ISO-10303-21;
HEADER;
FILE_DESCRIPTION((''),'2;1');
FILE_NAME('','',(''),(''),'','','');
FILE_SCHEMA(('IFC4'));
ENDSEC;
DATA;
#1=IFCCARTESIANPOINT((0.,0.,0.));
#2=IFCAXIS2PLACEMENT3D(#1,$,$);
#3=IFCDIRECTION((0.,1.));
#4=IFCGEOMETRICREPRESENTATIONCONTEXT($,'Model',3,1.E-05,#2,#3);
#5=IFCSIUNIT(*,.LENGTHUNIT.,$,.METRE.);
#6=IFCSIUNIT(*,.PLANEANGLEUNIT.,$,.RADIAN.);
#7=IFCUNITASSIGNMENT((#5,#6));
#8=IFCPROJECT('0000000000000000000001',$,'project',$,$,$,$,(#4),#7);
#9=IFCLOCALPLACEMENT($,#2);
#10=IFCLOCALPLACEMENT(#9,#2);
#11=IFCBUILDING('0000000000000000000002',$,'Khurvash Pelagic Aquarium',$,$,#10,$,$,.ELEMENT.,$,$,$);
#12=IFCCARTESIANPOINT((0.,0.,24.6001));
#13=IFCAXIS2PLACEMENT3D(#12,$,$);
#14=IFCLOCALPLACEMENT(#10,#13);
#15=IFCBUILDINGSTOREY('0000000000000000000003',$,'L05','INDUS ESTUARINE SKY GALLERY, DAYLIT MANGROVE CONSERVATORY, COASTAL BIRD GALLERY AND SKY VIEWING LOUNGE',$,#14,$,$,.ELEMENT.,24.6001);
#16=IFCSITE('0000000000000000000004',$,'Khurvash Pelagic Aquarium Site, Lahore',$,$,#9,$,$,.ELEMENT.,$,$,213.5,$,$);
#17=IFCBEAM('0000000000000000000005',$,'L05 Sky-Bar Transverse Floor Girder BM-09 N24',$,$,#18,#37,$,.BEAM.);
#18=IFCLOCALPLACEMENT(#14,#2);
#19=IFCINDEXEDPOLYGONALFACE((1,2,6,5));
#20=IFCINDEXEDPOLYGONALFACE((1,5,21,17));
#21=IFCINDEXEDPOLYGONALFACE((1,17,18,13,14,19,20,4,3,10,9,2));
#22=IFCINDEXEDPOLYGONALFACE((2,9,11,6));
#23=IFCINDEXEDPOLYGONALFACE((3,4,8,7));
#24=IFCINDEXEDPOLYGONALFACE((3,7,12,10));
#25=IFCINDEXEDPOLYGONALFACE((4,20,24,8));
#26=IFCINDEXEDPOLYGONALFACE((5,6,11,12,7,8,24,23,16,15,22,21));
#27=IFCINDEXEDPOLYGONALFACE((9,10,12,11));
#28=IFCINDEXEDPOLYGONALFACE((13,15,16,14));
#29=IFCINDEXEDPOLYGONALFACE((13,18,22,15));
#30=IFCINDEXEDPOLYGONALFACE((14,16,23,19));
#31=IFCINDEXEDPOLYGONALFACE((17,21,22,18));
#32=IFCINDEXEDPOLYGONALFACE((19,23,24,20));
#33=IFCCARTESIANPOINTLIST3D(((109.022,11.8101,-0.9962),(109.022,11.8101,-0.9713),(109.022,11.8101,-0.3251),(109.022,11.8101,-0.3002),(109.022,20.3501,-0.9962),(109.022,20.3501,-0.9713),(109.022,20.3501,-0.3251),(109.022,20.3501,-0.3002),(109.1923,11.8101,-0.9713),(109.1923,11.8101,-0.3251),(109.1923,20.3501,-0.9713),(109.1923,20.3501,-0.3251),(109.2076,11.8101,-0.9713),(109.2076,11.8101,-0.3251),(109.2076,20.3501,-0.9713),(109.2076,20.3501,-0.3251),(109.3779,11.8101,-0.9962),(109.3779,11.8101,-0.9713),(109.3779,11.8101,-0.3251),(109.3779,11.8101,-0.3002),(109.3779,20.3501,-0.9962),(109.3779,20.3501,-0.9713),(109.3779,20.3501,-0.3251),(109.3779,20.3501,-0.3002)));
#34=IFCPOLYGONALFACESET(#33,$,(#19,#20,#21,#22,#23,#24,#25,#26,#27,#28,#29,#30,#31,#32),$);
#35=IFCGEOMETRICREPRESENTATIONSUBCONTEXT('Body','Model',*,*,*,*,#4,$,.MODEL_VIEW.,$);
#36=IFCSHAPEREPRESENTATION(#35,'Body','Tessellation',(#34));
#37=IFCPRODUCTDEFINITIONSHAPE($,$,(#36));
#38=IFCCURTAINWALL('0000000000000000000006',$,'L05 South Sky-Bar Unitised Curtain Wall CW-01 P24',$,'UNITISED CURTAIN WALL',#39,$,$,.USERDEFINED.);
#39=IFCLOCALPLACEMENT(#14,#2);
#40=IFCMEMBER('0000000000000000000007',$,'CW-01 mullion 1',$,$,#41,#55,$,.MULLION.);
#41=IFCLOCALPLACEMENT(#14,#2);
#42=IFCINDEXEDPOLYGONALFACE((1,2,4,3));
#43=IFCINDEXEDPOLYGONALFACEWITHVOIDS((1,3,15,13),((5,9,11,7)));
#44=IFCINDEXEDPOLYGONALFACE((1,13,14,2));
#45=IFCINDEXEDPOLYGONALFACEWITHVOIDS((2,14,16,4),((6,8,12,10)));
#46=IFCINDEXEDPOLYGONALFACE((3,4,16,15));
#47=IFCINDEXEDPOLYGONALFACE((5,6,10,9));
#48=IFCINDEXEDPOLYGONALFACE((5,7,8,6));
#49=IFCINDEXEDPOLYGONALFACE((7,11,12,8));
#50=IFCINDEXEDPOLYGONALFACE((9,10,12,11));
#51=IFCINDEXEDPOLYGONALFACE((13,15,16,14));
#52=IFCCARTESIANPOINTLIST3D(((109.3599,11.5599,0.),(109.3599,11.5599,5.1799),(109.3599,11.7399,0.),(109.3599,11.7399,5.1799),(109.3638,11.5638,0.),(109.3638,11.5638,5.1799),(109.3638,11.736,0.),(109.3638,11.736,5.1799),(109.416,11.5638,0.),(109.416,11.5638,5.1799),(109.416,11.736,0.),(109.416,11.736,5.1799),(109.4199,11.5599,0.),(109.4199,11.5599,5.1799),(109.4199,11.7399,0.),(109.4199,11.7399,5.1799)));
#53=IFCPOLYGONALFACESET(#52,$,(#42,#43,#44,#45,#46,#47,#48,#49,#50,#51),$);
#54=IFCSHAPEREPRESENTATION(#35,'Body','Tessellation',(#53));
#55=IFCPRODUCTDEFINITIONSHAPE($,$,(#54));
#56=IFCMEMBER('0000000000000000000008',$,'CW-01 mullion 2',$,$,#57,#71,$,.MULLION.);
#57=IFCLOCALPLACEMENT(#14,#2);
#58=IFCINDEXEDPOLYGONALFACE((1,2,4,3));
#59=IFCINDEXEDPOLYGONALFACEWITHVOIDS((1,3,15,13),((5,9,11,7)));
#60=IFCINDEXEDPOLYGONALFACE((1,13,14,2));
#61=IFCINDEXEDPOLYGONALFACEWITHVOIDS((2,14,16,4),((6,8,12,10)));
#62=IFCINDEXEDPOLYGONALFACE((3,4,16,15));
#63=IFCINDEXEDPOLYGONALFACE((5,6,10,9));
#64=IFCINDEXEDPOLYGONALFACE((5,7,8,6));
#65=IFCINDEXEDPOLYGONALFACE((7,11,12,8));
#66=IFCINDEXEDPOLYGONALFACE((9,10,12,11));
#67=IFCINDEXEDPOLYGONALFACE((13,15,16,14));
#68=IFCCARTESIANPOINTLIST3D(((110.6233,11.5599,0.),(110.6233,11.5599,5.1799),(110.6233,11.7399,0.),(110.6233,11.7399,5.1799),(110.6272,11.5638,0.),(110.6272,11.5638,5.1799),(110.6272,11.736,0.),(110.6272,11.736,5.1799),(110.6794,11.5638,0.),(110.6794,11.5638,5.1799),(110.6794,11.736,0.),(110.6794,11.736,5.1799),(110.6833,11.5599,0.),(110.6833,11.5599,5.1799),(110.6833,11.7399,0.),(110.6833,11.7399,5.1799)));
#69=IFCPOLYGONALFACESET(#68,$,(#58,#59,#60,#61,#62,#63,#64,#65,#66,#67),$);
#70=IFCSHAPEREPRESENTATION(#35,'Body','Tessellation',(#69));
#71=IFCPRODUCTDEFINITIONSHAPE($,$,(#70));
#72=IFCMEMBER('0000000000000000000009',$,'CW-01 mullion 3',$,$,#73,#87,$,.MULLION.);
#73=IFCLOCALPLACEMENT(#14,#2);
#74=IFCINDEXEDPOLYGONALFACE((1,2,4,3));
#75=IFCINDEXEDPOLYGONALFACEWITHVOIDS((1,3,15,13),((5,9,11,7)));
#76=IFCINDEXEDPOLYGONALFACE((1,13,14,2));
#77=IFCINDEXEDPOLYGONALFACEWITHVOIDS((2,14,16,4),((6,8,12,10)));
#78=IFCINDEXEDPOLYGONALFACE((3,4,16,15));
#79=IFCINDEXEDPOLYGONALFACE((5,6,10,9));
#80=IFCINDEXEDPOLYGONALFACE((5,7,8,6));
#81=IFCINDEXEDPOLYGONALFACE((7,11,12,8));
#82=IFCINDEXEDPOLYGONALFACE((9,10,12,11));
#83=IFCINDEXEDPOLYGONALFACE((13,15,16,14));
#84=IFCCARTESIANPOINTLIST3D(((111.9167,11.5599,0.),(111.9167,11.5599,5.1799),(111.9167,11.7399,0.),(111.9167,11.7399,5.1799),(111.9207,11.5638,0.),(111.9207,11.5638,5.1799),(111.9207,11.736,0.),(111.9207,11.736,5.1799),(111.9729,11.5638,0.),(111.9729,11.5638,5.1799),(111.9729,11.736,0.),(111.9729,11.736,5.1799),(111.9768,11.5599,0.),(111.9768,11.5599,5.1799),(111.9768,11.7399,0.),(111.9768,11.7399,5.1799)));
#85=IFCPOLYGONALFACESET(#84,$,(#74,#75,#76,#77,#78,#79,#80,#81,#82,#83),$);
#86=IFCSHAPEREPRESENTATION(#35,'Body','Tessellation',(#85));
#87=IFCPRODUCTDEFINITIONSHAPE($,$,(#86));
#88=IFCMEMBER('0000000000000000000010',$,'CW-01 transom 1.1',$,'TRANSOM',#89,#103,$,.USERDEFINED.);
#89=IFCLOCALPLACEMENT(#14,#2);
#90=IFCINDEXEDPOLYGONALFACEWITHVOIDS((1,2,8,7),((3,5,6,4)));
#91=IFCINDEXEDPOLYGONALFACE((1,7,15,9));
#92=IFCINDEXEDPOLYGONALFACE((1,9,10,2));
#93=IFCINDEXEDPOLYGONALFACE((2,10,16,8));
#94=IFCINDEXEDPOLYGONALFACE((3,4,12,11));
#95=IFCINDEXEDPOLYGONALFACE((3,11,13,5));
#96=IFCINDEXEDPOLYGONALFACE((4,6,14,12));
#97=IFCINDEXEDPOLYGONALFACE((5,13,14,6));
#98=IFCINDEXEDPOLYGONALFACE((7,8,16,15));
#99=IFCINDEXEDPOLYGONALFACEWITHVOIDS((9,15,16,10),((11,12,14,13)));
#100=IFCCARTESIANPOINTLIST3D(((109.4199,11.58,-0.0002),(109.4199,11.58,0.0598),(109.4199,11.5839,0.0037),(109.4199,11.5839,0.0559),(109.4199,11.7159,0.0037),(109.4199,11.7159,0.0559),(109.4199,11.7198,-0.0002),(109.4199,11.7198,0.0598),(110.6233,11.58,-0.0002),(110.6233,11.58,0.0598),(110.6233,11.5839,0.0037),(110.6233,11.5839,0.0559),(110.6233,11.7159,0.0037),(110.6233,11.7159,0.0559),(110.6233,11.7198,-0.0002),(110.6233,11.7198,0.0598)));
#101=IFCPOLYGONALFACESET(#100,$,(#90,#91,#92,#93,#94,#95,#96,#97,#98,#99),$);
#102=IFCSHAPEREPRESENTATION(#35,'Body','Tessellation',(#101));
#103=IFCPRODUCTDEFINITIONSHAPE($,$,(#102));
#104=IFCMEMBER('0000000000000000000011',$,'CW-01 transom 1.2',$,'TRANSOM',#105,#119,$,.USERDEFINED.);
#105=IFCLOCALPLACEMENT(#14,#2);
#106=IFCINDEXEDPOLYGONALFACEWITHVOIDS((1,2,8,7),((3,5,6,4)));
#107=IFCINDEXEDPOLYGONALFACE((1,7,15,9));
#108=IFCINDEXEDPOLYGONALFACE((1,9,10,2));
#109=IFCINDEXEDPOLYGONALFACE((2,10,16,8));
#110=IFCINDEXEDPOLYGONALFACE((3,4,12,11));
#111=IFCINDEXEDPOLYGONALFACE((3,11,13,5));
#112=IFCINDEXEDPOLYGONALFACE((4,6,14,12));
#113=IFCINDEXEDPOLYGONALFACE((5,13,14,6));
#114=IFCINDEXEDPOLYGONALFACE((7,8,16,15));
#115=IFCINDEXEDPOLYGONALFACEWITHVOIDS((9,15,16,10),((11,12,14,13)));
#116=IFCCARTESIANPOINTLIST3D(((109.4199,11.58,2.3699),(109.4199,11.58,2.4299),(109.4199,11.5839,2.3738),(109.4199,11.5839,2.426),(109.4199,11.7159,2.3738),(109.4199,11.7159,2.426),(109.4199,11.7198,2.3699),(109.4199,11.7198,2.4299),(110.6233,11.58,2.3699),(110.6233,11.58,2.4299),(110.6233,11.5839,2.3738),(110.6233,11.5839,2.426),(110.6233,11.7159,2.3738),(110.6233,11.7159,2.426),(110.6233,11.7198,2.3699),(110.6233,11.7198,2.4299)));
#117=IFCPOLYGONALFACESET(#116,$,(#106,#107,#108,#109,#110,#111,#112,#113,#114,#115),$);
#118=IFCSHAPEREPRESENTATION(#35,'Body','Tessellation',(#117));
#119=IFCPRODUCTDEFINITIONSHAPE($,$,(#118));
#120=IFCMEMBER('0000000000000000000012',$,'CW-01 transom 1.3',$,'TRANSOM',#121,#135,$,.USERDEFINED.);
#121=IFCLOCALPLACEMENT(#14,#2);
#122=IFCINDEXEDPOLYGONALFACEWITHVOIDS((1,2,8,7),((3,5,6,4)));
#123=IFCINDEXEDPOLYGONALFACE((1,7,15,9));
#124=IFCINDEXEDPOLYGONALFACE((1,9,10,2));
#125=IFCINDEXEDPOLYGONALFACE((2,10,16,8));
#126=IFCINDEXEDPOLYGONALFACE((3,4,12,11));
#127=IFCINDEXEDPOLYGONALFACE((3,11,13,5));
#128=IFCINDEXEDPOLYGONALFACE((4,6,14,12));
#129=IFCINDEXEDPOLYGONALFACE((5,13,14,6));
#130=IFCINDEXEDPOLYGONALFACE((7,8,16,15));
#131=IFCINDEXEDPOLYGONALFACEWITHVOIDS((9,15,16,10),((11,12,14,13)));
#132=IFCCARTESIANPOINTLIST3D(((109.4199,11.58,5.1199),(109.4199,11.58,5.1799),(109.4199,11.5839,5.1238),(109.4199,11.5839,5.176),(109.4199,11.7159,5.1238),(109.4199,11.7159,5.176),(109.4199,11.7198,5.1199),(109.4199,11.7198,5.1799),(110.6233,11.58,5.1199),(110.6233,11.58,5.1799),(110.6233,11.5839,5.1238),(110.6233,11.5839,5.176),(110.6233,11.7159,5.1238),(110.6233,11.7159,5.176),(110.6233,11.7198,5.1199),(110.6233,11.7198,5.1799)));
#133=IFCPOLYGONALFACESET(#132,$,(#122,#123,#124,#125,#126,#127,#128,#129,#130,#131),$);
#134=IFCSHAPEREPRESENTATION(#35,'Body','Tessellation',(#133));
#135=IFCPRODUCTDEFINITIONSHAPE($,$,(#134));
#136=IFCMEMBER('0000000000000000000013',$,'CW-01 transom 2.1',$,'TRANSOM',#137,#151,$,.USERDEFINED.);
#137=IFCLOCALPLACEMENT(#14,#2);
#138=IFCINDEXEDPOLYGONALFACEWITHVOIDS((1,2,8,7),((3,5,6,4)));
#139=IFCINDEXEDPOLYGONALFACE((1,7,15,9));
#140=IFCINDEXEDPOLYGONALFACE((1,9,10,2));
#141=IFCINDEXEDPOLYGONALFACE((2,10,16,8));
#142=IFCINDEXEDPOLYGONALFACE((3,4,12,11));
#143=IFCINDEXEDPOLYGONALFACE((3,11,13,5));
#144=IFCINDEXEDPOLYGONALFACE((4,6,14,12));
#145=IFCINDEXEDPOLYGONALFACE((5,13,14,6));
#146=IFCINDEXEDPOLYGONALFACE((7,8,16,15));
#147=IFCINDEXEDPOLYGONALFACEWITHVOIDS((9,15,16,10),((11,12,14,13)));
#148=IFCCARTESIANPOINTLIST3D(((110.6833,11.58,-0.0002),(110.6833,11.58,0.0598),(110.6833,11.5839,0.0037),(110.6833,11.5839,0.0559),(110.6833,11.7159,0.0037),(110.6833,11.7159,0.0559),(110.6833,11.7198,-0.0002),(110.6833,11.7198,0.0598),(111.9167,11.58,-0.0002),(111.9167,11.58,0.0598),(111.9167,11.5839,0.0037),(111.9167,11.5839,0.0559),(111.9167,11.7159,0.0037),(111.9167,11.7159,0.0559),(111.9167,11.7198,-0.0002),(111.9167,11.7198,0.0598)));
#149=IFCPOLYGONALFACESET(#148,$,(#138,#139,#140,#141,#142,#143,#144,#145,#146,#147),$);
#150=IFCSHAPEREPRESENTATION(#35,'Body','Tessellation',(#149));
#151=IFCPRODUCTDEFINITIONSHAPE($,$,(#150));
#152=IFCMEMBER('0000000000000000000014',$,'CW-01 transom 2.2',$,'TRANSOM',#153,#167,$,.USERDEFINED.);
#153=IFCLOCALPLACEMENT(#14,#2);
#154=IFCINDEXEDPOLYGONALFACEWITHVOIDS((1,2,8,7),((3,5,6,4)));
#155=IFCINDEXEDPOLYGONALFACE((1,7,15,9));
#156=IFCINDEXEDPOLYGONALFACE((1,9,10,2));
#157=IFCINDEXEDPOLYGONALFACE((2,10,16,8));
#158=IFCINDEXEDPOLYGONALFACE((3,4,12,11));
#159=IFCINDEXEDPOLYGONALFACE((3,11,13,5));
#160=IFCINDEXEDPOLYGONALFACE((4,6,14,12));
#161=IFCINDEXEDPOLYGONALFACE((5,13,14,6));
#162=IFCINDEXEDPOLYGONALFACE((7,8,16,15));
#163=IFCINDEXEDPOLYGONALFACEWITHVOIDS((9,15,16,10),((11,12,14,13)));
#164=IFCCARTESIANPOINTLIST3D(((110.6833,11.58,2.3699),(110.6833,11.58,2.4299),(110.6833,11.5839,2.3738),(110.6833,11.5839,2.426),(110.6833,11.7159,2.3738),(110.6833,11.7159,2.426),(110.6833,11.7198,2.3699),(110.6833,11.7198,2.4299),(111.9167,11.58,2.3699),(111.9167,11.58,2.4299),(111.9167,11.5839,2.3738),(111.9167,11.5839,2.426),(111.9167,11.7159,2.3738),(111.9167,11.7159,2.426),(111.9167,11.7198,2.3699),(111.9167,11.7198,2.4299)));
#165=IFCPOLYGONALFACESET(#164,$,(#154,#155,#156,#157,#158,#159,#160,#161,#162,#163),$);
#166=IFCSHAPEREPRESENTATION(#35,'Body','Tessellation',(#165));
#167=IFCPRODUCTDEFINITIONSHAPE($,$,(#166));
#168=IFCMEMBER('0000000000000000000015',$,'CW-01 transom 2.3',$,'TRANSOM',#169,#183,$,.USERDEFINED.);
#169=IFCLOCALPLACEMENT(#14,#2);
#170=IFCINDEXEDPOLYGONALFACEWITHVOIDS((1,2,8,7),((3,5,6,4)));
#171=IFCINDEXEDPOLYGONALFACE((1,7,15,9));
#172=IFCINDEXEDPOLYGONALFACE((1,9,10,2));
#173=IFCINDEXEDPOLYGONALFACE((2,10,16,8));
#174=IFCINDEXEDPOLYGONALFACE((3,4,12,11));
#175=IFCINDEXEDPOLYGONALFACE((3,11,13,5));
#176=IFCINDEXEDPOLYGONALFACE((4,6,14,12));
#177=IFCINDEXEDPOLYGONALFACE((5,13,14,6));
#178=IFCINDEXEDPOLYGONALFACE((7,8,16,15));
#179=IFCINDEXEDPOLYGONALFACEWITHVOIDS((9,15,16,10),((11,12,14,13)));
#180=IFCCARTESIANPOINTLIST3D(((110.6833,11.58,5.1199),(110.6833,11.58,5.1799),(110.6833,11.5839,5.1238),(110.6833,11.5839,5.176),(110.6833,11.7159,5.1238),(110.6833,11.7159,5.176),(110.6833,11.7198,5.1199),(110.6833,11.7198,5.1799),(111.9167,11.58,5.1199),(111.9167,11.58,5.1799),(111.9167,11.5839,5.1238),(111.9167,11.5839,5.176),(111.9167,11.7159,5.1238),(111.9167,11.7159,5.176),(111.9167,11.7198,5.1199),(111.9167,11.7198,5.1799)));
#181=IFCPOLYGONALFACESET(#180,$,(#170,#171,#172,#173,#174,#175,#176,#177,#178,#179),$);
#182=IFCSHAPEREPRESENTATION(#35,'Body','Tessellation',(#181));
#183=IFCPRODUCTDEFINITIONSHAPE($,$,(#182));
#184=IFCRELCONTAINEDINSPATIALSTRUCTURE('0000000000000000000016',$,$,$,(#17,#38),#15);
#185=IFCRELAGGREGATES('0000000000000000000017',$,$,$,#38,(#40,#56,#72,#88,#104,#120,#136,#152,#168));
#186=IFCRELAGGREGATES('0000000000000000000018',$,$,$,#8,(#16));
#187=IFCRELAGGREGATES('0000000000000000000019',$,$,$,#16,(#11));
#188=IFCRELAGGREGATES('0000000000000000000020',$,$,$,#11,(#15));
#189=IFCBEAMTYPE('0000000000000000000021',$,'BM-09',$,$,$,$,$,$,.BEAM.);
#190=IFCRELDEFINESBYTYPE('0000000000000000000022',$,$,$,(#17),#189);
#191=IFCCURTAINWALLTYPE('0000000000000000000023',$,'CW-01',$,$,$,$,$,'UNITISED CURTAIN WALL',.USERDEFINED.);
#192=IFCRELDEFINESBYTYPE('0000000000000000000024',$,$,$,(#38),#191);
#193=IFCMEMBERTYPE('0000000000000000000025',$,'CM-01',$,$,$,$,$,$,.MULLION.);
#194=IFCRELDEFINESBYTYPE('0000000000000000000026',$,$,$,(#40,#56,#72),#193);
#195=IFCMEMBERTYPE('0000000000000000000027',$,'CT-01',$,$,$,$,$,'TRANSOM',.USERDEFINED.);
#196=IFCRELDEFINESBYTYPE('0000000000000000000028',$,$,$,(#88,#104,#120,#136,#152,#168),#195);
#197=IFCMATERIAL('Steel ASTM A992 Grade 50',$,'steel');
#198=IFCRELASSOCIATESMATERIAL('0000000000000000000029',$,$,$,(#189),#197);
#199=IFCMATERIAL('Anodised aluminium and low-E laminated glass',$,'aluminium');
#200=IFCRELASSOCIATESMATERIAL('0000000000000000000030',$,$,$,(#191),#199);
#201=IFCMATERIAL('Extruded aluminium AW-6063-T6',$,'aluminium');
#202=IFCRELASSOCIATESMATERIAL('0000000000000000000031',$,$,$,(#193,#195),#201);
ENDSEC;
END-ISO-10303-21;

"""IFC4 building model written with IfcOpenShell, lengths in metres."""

from ifc_helpers import new_model, si_unit, direction, frame, origin, origin_2d, place, context, subcontext, project, spatial, hollow_rectangle, i_section, extrude, material, material_profile, profile_set, type_object, element, aggregate, save


model = new_model("IFC4")

# Units and contexts
model_context = context("Model", 3, precision=1e-05, world=origin(), true_north=direction((0.0, 1.0)))
body_context = subcontext(model_context, "Body", "Model", "MODEL_VIEW")
ifc_project = project(units=[si_unit("LENGTHUNIT", "METRE"), si_unit("PLANEANGLEUNIT", "RADIAN")], contexts=[model_context])

# Site, building, storey
site_placement = place(None, origin())
site = spatial("IfcSite", under=ifc_project, at=site_placement, Name="Khurvash Pelagic Aquarium Site, Lahore", CompositionType="ELEMENT", RefElevation=213.5)
building_placement = place(site_placement, origin())
building = spatial("IfcBuilding", under=site, at=building_placement, Name="Khurvash Pelagic Aquarium", CompositionType="ELEMENT")
storey_placement = place(building_placement, frame((0.0, 0.0, 24.6001)))
storey = spatial("IfcBuildingStorey", under=building, at=storey_placement, Name="L05", Description="INDUS ESTUARINE SKY GALLERY, DAYLIT MANGROVE CONSERVATORY, COASTAL BIRD GALLERY AND SKY VIEWING LOUNGE", CompositionType="ELEMENT", Elevation=24.6001)

# Beam
ifc_material_1 = material(Name="Steel ASTM A992 Grade 50", Category="steel")
ifc_material_profile_1 = material_profile(ifc_material_1, i_section(OverallWidth=0.356, OverallDepth=0.696, WebThickness=0.0154, FlangeThickness=0.0249, at=origin_2d()), Name="W27X146")
ifc_profile_set_1 = profile_set([ifc_material_profile_1], Name="Steel ASTM A992 Grade 50")
beam_type_1 = type_object("IfcBeamType", Name="BM-09", PredefinedType="BEAM", material=ifc_profile_set_1)
beam_placement = place(storey_placement, frame((109.2, 11.8101, -0.6482), z_axis=(0.0, 1.0, 0.0), x_axis=(-1.0, 0.0, 0.0)))
element("IfcBeam", 1, at=beam_placement, inside=storey, type_object=beam_type_1, Name="L05 Sky-Bar Transverse Floor Girder BM-09 N24", PredefinedType="BEAM", context=body_context, shape_type="SweptSolid", body=[
    extrude(i_section(OverallWidth=0.356, OverallDepth=0.696, WebThickness=0.0154, FlangeThickness=0.0249, at=origin_2d()), origin(), (0.0, 0.0, 1.0), 8.54),
])

# Curtain wall, members
ifc_material_2 = material(Name="Anodised aluminium and low-E laminated glass", Category="aluminium")
curtain_wall_type = type_object("IfcCurtainWallType", Name="CW-01", ElementType="UNITISED CURTAIN WALL", PredefinedType="USERDEFINED", material=ifc_material_2)
curtain_wall_placement = place(storey_placement, origin())
curtain_wall = element("IfcCurtainWall", 2, at=curtain_wall_placement, inside=storey, type_object=curtain_wall_type, Name="L05 South Sky-Bar Unitised Curtain Wall CW-01 P24", ObjectType="UNITISED CURTAIN WALL", PredefinedType="USERDEFINED")
ifc_material_3 = material(Name="Extruded aluminium AW-6063-T6", Category="aluminium")
ifc_material_profile_2 = material_profile(ifc_material_3, hollow_rectangle(XDim=0.0601, YDim=0.1799, WallThickness=0.0039, at=origin_2d()), Name="CWM60X180X4")
ifc_profile_set_2 = profile_set([ifc_material_profile_2], Name="Extruded aluminium AW-6063-T6")
member_type_1 = type_object("IfcMemberType", Name="CM-01", PredefinedType="MULLION", material=ifc_profile_set_2)
member_1_placement = place(storey_placement, frame((109.3899, 11.6499, 0.0), z_axis=(0.0, 0.0, 1.0), x_axis=(1.0, 0.0, 0.0)))
member_1 = element("IfcMember", 3, at=member_1_placement, type_object=member_type_1, Name="CW-01 mullion 1", PredefinedType="MULLION", context=body_context, shape_type="SweptSolid", body=[
    extrude(hollow_rectangle(XDim=0.0601, YDim=0.1799, WallThickness=0.0039, at=origin_2d()), origin(), (0.0, 0.0, 1.0), 5.1799),
])
member_2_placement = place(storey_placement, frame((110.6533, 11.6499, 0.0), z_axis=(0.0, 0.0, 1.0), x_axis=(1.0, 0.0, 0.0)))
member_2 = element("IfcMember", 4, at=member_2_placement, type_object=member_type_1, Name="CW-01 mullion 2", PredefinedType="MULLION", context=body_context, shape_type="SweptSolid", body=[
    extrude(hollow_rectangle(XDim=0.0601, YDim=0.1799, WallThickness=0.0039, at=origin_2d()), origin(), (0.0, 0.0, 1.0), 5.1799),
])
member_3_placement = place(storey_placement, frame((111.9468, 11.6499, 0.0), z_axis=(0.0, 0.0, 1.0), x_axis=(1.0, 0.0, 0.0)))
member_3 = element("IfcMember", 5, at=member_3_placement, type_object=member_type_1, Name="CW-01 mullion 3", PredefinedType="MULLION", context=body_context, shape_type="SweptSolid", body=[
    extrude(hollow_rectangle(XDim=0.0601, YDim=0.1799, WallThickness=0.0039, at=origin_2d()), origin(), (0.0, 0.0, 1.0), 5.1799),
])
ifc_material_profile_3 = material_profile(ifc_material_3, hollow_rectangle(XDim=0.1399, YDim=0.0601, WallThickness=0.0039, at=origin_2d()), Name="CWT140X60X4")
ifc_profile_set_3 = profile_set([ifc_material_profile_3], Name="Extruded aluminium AW-6063-T6")
member_type_2 = type_object("IfcMemberType", Name="CT-01", ElementType="TRANSOM", PredefinedType="USERDEFINED", material=ifc_profile_set_3)
member_4_placement = place(storey_placement, frame((109.4199, 11.6499, 0.0298), z_axis=(1.0, 0.0, 0.0), x_axis=(0.0, 1.0, 0.0)))
member_4 = element("IfcMember", 6, at=member_4_placement, type_object=member_type_2, Name="CW-01 transom 1.1", ObjectType="TRANSOM", PredefinedType="USERDEFINED", context=body_context, shape_type="SweptSolid", body=[
    extrude(hollow_rectangle(XDim=0.1399, YDim=0.0601, WallThickness=0.0039, at=origin_2d()), origin(), (0.0, 0.0, 1.0), 1.2034),
])
member_5_placement = place(storey_placement, frame((109.4199, 11.6499, 2.3999), z_axis=(1.0, 0.0, 0.0), x_axis=(0.0, 1.0, 0.0)))
member_5 = element("IfcMember", 7, at=member_5_placement, type_object=member_type_2, Name="CW-01 transom 1.2", ObjectType="TRANSOM", PredefinedType="USERDEFINED", context=body_context, shape_type="SweptSolid", body=[
    extrude(hollow_rectangle(XDim=0.1399, YDim=0.0601, WallThickness=0.0039, at=origin_2d()), origin(), (0.0, 0.0, 1.0), 1.2034),
])
member_6_placement = place(storey_placement, frame((109.4199, 11.6499, 5.1499), z_axis=(1.0, 0.0, 0.0), x_axis=(0.0, 1.0, 0.0)))
member_6 = element("IfcMember", 8, at=member_6_placement, type_object=member_type_2, Name="CW-01 transom 1.3", ObjectType="TRANSOM", PredefinedType="USERDEFINED", context=body_context, shape_type="SweptSolid", body=[
    extrude(hollow_rectangle(XDim=0.1399, YDim=0.0601, WallThickness=0.0039, at=origin_2d()), origin(), (0.0, 0.0, 1.0), 1.2034),
])
member_7_placement = place(storey_placement, frame((110.6833, 11.6499, 0.0298), z_axis=(1.0, 0.0, 0.0), x_axis=(0.0, 1.0, 0.0)))
member_7 = element("IfcMember", 9, at=member_7_placement, type_object=member_type_2, Name="CW-01 transom 2.1", ObjectType="TRANSOM", PredefinedType="USERDEFINED", context=body_context, shape_type="SweptSolid", body=[
    extrude(hollow_rectangle(XDim=0.1399, YDim=0.0601, WallThickness=0.0039, at=origin_2d()), origin(), (0.0, 0.0, 1.0), 1.2334),
])
member_8_placement = place(storey_placement, frame((110.6833, 11.6499, 2.3999), z_axis=(1.0, 0.0, 0.0), x_axis=(0.0, 1.0, 0.0)))
member_8 = element("IfcMember", 10, at=member_8_placement, type_object=member_type_2, Name="CW-01 transom 2.2", ObjectType="TRANSOM", PredefinedType="USERDEFINED", context=body_context, shape_type="SweptSolid", body=[
    extrude(hollow_rectangle(XDim=0.1399, YDim=0.0601, WallThickness=0.0039, at=origin_2d()), origin(), (0.0, 0.0, 1.0), 1.2334),
])
member_9_placement = place(storey_placement, frame((110.6833, 11.6499, 5.1499), z_axis=(1.0, 0.0, 0.0), x_axis=(0.0, 1.0, 0.0)))
member_9 = element("IfcMember", 11, at=member_9_placement, type_object=member_type_2, Name="CW-01 transom 2.3", ObjectType="TRANSOM", PredefinedType="USERDEFINED", context=body_context, shape_type="SweptSolid", body=[
    extrude(hollow_rectangle(XDim=0.1399, YDim=0.0601, WallThickness=0.0039, at=origin_2d()), origin(), (0.0, 0.0, 1.0), 1.2334),
])

aggregate(curtain_wall, [member_1, member_2, member_3, member_4, member_5, member_6, member_7, member_8, member_9])

save(model, "model.ifc")
